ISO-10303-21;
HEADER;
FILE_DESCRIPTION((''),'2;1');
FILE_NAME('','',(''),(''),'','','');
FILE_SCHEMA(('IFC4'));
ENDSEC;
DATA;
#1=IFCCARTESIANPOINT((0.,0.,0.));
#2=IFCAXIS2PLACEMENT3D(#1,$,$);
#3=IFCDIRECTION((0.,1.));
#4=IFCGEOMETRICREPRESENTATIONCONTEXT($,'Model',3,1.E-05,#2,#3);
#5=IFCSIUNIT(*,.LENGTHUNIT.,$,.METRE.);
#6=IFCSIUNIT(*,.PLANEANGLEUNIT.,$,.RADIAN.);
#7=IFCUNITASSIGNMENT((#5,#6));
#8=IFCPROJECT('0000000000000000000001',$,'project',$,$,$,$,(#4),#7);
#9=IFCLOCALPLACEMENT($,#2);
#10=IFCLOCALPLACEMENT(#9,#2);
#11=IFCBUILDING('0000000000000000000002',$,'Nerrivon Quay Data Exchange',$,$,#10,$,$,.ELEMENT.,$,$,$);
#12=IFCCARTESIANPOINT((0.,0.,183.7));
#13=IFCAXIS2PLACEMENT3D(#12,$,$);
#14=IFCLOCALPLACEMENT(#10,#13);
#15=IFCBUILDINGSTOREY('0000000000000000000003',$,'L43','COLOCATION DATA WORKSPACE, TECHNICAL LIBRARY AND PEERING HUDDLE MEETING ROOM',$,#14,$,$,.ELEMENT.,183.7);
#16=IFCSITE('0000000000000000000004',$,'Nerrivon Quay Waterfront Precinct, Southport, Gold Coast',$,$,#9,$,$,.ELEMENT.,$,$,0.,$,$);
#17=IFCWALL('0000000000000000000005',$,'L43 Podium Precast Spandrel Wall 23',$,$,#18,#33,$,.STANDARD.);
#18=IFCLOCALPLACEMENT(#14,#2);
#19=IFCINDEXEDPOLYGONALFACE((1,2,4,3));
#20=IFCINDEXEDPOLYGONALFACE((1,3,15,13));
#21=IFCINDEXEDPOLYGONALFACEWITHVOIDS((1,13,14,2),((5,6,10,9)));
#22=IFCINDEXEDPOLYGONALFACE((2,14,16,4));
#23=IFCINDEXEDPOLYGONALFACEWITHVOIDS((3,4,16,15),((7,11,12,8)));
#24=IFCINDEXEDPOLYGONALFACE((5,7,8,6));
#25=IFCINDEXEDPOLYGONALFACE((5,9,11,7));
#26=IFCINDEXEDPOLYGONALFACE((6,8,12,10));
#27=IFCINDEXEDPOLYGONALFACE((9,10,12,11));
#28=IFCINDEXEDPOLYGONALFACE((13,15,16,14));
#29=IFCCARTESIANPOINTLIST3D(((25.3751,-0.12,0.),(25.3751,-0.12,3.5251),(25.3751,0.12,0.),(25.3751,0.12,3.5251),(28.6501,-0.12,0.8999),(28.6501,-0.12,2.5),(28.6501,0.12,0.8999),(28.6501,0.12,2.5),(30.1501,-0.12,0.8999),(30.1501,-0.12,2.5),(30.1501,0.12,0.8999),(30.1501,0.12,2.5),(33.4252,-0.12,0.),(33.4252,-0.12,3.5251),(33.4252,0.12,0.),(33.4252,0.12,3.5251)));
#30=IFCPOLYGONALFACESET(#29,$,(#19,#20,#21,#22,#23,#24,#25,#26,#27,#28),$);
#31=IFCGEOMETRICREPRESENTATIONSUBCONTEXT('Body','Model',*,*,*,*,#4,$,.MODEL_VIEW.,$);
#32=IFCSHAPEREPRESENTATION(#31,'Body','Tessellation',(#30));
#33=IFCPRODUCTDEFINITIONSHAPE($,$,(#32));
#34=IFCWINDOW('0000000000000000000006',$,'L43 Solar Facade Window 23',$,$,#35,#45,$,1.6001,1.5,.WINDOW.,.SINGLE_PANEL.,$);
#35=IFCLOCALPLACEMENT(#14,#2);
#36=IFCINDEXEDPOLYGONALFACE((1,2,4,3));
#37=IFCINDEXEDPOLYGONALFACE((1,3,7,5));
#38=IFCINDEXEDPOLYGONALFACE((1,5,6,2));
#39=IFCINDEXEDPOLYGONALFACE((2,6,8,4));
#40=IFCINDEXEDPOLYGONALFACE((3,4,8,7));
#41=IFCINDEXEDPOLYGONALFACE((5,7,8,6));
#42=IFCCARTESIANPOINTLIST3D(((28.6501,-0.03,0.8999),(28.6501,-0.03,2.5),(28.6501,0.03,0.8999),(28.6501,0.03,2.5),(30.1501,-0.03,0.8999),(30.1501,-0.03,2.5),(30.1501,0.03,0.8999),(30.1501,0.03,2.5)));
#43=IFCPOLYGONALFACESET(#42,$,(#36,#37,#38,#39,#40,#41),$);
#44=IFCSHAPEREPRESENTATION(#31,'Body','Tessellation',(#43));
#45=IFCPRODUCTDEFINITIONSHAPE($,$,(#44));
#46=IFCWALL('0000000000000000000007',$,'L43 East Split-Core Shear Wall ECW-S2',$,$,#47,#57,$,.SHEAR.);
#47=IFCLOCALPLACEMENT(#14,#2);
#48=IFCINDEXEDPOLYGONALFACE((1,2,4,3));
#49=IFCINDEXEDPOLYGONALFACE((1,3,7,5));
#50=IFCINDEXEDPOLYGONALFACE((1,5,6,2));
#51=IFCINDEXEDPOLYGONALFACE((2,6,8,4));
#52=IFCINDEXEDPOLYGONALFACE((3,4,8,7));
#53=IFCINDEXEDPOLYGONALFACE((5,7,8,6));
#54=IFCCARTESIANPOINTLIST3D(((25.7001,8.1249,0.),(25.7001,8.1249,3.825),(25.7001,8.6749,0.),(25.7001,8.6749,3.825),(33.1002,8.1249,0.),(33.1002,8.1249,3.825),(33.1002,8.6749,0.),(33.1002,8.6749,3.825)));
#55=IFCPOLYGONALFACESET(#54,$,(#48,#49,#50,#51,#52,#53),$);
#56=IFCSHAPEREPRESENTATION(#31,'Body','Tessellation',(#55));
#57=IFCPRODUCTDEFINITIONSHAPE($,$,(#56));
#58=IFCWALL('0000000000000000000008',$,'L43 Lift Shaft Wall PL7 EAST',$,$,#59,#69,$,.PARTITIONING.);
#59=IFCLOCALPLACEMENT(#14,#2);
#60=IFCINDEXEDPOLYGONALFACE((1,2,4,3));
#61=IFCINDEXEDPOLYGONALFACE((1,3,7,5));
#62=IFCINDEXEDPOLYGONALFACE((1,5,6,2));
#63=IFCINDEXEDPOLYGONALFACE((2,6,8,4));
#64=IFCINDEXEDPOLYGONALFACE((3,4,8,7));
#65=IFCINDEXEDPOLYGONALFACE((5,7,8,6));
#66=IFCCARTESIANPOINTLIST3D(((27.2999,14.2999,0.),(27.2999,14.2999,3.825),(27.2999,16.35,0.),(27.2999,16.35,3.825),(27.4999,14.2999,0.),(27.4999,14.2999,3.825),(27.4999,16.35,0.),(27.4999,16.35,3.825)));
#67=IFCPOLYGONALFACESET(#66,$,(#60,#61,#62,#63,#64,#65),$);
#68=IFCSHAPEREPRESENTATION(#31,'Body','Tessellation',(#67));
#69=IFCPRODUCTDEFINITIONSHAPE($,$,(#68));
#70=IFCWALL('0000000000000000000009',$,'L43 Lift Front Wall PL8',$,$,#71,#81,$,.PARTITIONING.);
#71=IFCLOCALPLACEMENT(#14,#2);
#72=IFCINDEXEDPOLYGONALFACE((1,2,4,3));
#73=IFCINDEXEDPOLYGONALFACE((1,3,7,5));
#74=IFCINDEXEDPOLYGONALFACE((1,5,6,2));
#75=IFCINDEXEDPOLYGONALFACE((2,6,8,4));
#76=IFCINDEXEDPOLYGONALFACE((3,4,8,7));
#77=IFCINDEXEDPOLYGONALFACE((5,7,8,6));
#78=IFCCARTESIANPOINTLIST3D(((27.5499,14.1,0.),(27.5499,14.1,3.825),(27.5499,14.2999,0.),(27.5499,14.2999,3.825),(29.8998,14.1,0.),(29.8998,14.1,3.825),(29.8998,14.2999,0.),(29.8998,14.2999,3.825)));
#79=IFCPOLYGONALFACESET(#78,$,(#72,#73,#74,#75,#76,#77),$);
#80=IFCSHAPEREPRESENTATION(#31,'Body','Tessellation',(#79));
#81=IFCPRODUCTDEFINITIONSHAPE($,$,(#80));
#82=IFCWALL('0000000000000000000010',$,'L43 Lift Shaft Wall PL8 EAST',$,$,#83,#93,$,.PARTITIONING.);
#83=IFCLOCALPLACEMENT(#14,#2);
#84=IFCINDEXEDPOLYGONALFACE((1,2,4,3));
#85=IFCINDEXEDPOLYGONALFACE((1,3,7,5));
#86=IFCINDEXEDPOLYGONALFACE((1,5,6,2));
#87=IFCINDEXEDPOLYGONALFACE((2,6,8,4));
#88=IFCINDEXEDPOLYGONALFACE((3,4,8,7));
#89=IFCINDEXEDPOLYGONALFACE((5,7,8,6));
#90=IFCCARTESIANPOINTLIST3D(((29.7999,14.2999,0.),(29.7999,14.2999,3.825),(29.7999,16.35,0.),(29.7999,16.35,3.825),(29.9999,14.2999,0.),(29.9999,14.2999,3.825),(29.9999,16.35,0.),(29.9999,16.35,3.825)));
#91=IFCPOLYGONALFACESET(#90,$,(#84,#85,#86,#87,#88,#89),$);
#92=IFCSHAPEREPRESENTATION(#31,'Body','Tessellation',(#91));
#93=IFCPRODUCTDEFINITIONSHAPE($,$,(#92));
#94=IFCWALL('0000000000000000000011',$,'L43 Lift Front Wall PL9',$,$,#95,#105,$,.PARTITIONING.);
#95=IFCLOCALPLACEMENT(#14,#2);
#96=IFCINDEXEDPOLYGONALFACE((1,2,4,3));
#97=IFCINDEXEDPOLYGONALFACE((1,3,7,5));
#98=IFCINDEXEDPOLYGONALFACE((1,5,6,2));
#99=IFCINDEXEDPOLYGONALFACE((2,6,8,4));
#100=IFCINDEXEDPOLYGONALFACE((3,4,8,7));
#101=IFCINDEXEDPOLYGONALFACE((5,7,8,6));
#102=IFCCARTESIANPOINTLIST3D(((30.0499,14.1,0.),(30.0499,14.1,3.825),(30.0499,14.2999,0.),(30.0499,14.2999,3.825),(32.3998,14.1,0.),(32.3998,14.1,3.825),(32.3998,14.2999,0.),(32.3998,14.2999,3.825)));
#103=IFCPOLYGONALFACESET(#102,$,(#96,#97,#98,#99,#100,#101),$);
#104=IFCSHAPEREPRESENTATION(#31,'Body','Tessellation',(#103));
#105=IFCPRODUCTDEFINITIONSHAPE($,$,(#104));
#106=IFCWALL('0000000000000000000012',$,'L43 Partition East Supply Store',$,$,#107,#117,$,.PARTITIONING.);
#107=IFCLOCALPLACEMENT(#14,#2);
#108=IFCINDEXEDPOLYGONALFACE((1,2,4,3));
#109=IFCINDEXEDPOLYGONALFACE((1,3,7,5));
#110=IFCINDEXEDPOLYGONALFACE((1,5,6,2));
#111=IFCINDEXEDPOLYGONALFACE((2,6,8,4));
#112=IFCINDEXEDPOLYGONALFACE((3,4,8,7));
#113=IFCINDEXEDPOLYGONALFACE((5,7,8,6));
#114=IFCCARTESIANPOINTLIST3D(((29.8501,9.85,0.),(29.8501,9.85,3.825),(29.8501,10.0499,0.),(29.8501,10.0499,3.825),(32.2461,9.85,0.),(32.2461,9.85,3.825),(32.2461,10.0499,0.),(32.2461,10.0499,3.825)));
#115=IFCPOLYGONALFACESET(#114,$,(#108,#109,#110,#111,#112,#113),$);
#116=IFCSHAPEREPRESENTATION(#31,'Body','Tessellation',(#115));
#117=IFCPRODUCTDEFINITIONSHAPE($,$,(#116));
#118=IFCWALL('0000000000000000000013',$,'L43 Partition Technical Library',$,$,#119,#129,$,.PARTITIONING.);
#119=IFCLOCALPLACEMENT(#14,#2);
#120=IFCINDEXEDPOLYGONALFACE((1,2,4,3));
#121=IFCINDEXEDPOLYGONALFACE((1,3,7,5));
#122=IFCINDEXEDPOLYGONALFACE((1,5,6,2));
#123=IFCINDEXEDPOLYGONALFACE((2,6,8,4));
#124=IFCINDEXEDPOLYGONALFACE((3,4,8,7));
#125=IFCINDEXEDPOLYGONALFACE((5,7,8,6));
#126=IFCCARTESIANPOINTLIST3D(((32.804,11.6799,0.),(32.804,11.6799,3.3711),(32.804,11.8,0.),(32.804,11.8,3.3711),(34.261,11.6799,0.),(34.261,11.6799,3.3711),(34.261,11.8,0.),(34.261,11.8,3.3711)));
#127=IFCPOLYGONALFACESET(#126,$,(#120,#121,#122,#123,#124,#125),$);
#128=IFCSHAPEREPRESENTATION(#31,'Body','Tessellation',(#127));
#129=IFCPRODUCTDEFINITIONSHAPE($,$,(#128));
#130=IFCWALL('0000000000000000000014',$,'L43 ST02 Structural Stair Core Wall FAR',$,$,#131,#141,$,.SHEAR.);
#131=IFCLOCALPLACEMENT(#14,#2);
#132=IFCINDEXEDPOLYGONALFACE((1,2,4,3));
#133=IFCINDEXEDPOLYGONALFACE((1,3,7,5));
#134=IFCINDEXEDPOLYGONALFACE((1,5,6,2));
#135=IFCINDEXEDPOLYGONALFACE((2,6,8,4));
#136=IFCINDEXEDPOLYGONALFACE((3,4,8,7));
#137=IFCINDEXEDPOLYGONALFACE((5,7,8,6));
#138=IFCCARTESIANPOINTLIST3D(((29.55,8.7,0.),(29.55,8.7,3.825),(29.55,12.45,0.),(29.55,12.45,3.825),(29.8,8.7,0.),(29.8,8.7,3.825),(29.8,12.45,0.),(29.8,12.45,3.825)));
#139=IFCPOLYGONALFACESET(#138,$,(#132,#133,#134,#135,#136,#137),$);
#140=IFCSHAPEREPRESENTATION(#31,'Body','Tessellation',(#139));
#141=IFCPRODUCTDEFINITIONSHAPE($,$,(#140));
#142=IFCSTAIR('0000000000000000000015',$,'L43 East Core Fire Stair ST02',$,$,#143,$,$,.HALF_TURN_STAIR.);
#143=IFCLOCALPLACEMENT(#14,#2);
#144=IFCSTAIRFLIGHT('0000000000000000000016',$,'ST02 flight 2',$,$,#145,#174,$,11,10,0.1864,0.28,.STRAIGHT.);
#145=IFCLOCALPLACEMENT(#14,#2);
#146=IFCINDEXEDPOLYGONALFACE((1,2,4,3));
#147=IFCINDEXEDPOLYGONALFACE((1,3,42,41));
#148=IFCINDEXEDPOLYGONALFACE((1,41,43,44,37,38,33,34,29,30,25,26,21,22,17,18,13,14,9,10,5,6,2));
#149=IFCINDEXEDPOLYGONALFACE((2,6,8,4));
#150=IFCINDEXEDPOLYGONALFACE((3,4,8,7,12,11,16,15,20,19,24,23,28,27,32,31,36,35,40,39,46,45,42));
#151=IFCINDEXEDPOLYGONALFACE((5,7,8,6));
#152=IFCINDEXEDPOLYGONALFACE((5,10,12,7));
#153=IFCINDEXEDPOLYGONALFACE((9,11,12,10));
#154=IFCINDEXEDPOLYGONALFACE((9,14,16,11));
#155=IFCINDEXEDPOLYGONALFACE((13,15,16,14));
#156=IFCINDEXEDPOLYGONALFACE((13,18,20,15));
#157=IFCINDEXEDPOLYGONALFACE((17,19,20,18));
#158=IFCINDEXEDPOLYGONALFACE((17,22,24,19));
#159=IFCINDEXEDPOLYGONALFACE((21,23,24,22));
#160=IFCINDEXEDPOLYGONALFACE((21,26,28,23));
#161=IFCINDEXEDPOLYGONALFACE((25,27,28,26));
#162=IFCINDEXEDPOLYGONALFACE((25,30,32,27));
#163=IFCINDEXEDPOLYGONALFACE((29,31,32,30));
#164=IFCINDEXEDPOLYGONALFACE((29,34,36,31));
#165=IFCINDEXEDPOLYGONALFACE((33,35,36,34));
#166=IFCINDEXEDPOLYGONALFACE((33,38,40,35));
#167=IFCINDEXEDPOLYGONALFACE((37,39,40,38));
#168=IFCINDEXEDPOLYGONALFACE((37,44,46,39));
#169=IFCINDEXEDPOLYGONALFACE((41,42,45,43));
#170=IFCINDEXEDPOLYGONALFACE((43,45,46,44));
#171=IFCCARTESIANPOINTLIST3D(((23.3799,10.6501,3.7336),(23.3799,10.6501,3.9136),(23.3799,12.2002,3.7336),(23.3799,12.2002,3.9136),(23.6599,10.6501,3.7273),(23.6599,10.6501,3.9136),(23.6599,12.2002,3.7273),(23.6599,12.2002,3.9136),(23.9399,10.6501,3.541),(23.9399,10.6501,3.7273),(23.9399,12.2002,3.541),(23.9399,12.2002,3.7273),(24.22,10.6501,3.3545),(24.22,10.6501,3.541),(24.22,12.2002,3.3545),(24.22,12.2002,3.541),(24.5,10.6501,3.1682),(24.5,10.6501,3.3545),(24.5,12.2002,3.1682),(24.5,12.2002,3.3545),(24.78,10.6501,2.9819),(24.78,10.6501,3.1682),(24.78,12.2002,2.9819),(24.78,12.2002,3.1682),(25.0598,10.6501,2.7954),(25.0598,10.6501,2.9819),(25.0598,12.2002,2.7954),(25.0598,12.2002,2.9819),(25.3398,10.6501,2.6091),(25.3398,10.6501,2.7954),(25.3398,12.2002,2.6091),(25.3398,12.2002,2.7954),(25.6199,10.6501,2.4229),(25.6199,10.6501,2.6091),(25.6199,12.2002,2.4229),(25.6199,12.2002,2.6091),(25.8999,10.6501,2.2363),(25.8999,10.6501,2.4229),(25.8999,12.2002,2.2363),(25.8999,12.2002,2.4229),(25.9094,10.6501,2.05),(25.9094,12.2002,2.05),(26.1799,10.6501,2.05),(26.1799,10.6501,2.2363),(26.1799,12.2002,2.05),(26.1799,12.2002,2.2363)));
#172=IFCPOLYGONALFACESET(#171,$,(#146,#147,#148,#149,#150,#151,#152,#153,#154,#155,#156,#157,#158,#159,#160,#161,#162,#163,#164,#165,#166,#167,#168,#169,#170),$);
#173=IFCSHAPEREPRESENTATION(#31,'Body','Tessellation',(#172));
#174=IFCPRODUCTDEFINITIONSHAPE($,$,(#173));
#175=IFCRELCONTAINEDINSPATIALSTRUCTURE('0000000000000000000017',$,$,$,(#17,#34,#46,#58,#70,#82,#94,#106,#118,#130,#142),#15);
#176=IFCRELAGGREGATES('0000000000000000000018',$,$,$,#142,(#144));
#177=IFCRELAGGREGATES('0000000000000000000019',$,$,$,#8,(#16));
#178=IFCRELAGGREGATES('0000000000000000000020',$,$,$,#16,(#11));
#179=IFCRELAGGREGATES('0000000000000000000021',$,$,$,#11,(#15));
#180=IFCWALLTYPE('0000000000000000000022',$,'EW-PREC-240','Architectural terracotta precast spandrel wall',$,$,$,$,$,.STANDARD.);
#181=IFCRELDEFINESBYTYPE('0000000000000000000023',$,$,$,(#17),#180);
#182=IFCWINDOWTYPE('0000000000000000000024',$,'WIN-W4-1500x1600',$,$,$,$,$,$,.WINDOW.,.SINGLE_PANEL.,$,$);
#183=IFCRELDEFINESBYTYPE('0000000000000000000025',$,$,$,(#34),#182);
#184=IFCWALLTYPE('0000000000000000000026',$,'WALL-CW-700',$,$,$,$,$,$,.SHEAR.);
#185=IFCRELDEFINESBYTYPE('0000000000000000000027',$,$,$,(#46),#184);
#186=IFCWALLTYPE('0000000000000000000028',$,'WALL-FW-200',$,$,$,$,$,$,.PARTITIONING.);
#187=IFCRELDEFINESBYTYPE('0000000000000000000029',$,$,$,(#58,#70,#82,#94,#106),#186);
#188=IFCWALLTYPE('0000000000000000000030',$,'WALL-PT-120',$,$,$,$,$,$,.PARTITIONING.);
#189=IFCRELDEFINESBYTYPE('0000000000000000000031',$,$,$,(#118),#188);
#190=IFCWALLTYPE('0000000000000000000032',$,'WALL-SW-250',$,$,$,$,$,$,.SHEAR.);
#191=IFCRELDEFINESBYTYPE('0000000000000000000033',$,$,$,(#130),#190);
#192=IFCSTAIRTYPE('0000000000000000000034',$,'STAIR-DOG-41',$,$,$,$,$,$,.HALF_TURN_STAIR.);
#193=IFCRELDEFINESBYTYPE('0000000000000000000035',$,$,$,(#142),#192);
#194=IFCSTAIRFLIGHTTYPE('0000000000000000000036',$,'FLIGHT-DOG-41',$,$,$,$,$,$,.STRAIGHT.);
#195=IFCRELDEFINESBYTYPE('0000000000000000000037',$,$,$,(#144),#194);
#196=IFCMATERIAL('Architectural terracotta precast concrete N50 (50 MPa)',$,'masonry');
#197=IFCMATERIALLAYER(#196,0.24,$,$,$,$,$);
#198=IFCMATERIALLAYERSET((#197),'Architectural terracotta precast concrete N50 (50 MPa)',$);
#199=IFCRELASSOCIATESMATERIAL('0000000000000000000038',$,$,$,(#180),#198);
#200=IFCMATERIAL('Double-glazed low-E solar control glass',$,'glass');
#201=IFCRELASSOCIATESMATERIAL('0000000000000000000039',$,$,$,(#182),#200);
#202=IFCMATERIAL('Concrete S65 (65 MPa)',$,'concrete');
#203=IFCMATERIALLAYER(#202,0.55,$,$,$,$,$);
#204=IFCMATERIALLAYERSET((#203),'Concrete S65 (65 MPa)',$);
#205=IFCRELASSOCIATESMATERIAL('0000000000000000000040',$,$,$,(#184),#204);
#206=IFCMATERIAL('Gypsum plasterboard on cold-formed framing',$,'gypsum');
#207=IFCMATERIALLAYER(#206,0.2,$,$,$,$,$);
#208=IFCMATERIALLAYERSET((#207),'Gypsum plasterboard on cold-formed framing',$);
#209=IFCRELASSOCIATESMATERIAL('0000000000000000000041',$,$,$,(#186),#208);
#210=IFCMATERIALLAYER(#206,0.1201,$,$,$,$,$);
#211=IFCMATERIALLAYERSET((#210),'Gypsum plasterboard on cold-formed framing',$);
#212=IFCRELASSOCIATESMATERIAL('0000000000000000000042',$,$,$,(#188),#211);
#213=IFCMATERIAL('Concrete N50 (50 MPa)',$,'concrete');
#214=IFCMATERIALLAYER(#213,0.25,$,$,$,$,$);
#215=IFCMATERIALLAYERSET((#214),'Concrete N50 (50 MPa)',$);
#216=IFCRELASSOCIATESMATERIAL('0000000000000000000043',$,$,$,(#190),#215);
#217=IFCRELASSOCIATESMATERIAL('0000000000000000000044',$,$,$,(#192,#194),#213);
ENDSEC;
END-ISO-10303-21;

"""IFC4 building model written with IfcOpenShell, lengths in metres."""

from ifc_helpers import new_model, si_unit, direction, frame, frame_2d, origin, place, context, subcontext, project, spatial, polyline, rectangle, outline, extrude, material, layer, layer_set, type_object, element, fill, aggregate, save


model = new_model("IFC4")

# Units and contexts
model_context = context("Model", 3, precision=1e-05, world=origin(), true_north=direction((0.0, 1.0)))
body_context = subcontext(model_context, "Body", "Model", "MODEL_VIEW")
ifc_project = project(units=[si_unit("LENGTHUNIT", "METRE"), si_unit("PLANEANGLEUNIT", "RADIAN")], contexts=[model_context])

# Site, building, storey
site_placement = place(None, origin())
site = spatial("IfcSite", under=ifc_project, at=site_placement, Name="Nerrivon Quay Waterfront Precinct, Southport, Gold Coast", CompositionType="ELEMENT", RefElevation=0.0)
building_placement = place(site_placement, origin())
building = spatial("IfcBuilding", under=site, at=building_placement, Name="Nerrivon Quay Data Exchange", CompositionType="ELEMENT")
storey_placement = place(building_placement, frame((0.0, 0.0, 183.7)))
storey = spatial("IfcBuildingStorey", under=building, at=storey_placement, Name="L43", Description="COLOCATION DATA WORKSPACE, TECHNICAL LIBRARY AND PEERING HUDDLE MEETING ROOM", CompositionType="ELEMENT", Elevation=183.7)

# Shared definitions
ifc_material_1 = material(Name="Concrete S65 (65 MPa)", Category="concrete")

# Wall, opening, window
ifc_material_2 = material(Name="Architectural terracotta precast concrete N50 (50 MPa)", Category="masonry")
ifc_layer_1 = layer(ifc_material_2, 0.24)
ifc_layer_set_1 = layer_set([ifc_layer_1], Name="Architectural terracotta precast concrete N50 (50 MPa)")
wall_type_1 = type_object("IfcWallType", Name="EW-PREC-240", Description="Architectural terracotta precast spandrel wall", PredefinedType="STANDARD", material=ifc_layer_set_1)
wall_1_placement = place(storey_placement, frame((33.425, 0.0, 0.0), z_axis=(0.0, 0.0, 1.0), x_axis=(-1.0, 0.0, 0.0)))
wall_1 = element("IfcWall", 1, at=wall_1_placement, inside=storey, type_object=wall_type_1, Name="L43 Podium Precast Spandrel Wall 23", PredefinedType="STANDARD", context=body_context, shape_type="SweptSolid", body=[
    extrude(rectangle(XDim=8.05, YDim=0.24, at=frame_2d((4.0249, 0.0))), origin(), (0.0, 0.0, 1.0), 3.5251),
])
opening_1_placement = place(wall_1_placement, frame((3.2749, 0.0, 0.8999)))
opening_1 = element("IfcOpeningElement", 2, at=opening_1_placement, cuts=wall_1, PredefinedType="OPENING", context=body_context, shape_type="SweptSolid", body=[
    extrude(rectangle(XDim=1.5, YDim=1.6001, at=frame_2d((0.75, 0.8))), frame((0.0, 0.1299, 0.0), z_axis=(0.0, -1.0, 0.0), x_axis=(1.0, 0.0, 0.0)), (0.0, 0.0, 1.0), 0.26),
])
ifc_material_3 = material(Name="Double-glazed low-E solar control glass", Category="glass")
window_type = type_object("IfcWindowType", Name="WIN-W4-1500x1600", PartitioningType="SINGLE_PANEL", PredefinedType="WINDOW", material=ifc_material_3)
window_placement = place(opening_1_placement, origin())
window = element("IfcWindow", 3, at=window_placement, inside=storey, type_object=window_type, Name="L43 Solar Facade Window 23", OverallHeight=1.6001, OverallWidth=1.5, PartitioningType="SINGLE_PANEL", PredefinedType="WINDOW", context=body_context, shape_type="SweptSolid", body=[
    extrude(rectangle(XDim=1.5, YDim=1.6001, at=frame_2d((0.75, 0.8))), frame((0.0, 0.03, 0.0), z_axis=(0.0, -1.0, 0.0), x_axis=(1.0, 0.0, 0.0)), (0.0, 0.0, 1.0), 0.0601),
])
fill(opening_1, window)

# Wall
ifc_layer_2 = layer(ifc_material_1, 0.55)
ifc_layer_set_2 = layer_set([ifc_layer_2], Name="Concrete S65 (65 MPa)")
wall_type_2 = type_object("IfcWallType", Name="WALL-CW-700", PredefinedType="SHEAR", material=ifc_layer_set_2)
wall_2_placement = place(storey_placement, frame((25.7, 8.3999, 0.0), z_axis=(0.0, 0.0, 1.0), x_axis=(1.0, 0.0, 0.0)))
element("IfcWall", 4, at=wall_2_placement, inside=storey, type_object=wall_type_2, Name="L43 East Split-Core Shear Wall ECW-S2", PredefinedType="SHEAR", context=body_context, shape_type="SweptSolid", body=[
    extrude(rectangle(XDim=7.4001, YDim=0.55, at=frame_2d((3.7002, 0.0))), origin(), (0.0, 0.0, 1.0), 3.825),
])

# Walls
ifc_material_4 = material(Name="Gypsum plasterboard on cold-formed framing", Category="gypsum")
ifc_layer_3 = layer(ifc_material_4, 0.2)
ifc_layer_set_3 = layer_set([ifc_layer_3], Name="Gypsum plasterboard on cold-formed framing")
wall_type_3 = type_object("IfcWallType", Name="WALL-FW-200", PredefinedType="PARTITIONING", material=ifc_layer_set_3)
wall_3_placement = place(storey_placement, frame((27.3999, 14.3, 0.0), z_axis=(0.0, 0.0, 1.0), x_axis=(0.0, 1.0, 0.0)))
element("IfcWall", 5, at=wall_3_placement, inside=storey, type_object=wall_type_3, Name="L43 Lift Shaft Wall PL7 EAST", PredefinedType="PARTITIONING", context=body_context, shape_type="SweptSolid", body=[
    extrude(rectangle(XDim=2.05, YDim=0.2, at=frame_2d((1.0249, 0.0))), origin(), (0.0, 0.0, 1.0), 3.825),
])
wall_4_placement = place(storey_placement, frame((27.55, 14.2, 0.0), z_axis=(0.0, 0.0, 1.0), x_axis=(1.0, 0.0, 0.0)))
element("IfcWall", 6, at=wall_4_placement, inside=storey, type_object=wall_type_3, Name="L43 Lift Front Wall PL8", PredefinedType="PARTITIONING", context=body_context, shape_type="SweptSolid", body=[
    extrude(rectangle(XDim=2.3499, YDim=0.2, at=frame_2d((1.1748, 0.0))), origin(), (0.0, 0.0, 1.0), 3.825),
])
wall_5_placement = place(storey_placement, frame((29.8999, 14.3, 0.0), z_axis=(0.0, 0.0, 1.0), x_axis=(0.0, 1.0, 0.0)))
element("IfcWall", 7, at=wall_5_placement, inside=storey, type_object=wall_type_3, Name="L43 Lift Shaft Wall PL8 EAST", PredefinedType="PARTITIONING", context=body_context, shape_type="SweptSolid", body=[
    extrude(rectangle(XDim=2.05, YDim=0.2, at=frame_2d((1.0249, 0.0))), origin(), (0.0, 0.0, 1.0), 3.825),
])
wall_6_placement = place(storey_placement, frame((30.05, 14.2, 0.0), z_axis=(0.0, 0.0, 1.0), x_axis=(1.0, 0.0, 0.0)))
element("IfcWall", 8, at=wall_6_placement, inside=storey, type_object=wall_type_3, Name="L43 Lift Front Wall PL9", PredefinedType="PARTITIONING", context=body_context, shape_type="SweptSolid", body=[
    extrude(rectangle(XDim=2.3499, YDim=0.2, at=frame_2d((1.1748, 0.0))), origin(), (0.0, 0.0, 1.0), 3.825),
])

# Walls
wall_7_placement = place(storey_placement, frame((29.8501, 9.95, 0.0), z_axis=(0.0, 0.0, 1.0), x_axis=(1.0, 0.0, 0.0)))
element("IfcWall", 9, at=wall_7_placement, inside=storey, type_object=wall_type_3, Name="L43 Partition East Supply Store", PredefinedType="PARTITIONING", context=body_context, shape_type="SweptSolid", body=[
    extrude(rectangle(XDim=2.396, YDim=0.2, at=frame_2d((1.198, 0.0))), origin(), (0.0, 0.0, 1.0), 3.825),
])
ifc_layer_4 = layer(ifc_material_4, 0.1201)
ifc_layer_set_4 = layer_set([ifc_layer_4], Name="Gypsum plasterboard on cold-formed framing")
wall_type_4 = type_object("IfcWallType", Name="WALL-PT-120", PredefinedType="PARTITIONING", material=ifc_layer_set_4)
wall_8_placement = place(storey_placement, frame((34.261, 11.74, 0.0), z_axis=(0.0, 0.0, 1.0), x_axis=(-1.0, 0.0, 0.0)))
element("IfcWall", 10, at=wall_8_placement, inside=storey, type_object=wall_type_4, Name="L43 Partition Technical Library", PredefinedType="PARTITIONING", context=body_context, shape_type="SweptSolid", body=[
    extrude(rectangle(XDim=1.457, YDim=0.1201, at=frame_2d((0.7285, 0.0))), origin(), (0.0, 0.0, 1.0), 3.3711),
])
ifc_material_5 = material(Name="Concrete N50 (50 MPa)", Category="concrete")
ifc_layer_5 = layer(ifc_material_5, 0.25)
ifc_layer_set_5 = layer_set([ifc_layer_5], Name="Concrete N50 (50 MPa)")
wall_type_5 = type_object("IfcWallType", Name="WALL-SW-250", PredefinedType="SHEAR", material=ifc_layer_set_5)
wall_9_placement = place(storey_placement, frame((29.675, 8.7, 0.0), z_axis=(0.0, 0.0, 1.0), x_axis=(0.0, 1.0, 0.0)))
element("IfcWall", 11, at=wall_9_placement, inside=storey, type_object=wall_type_5, Name="L43 ST02 Structural Stair Core Wall FAR", PredefinedType="SHEAR", context=body_context, shape_type="SweptSolid", body=[
    extrude(rectangle(XDim=3.75, YDim=0.25, at=frame_2d((1.875, 0.0))), origin(), (0.0, 0.0, 1.0), 3.825),
])

# Stair, stair flight
stair_type = type_object("IfcStairType", Name="STAIR-DOG-41", PredefinedType="HALF_TURN_STAIR", material=ifc_material_5)
stair_placement = place(storey_placement, origin())
stair = element("IfcStair", 12, at=stair_placement, inside=storey, type_object=stair_type, Name="L43 East Core Fire Stair ST02", PredefinedType="HALF_TURN_STAIR")
stair_flight_type = type_object("IfcStairFlightType", Name="FLIGHT-DOG-41", PredefinedType="STRAIGHT", material=ifc_material_5)
stair_flight_placement = place(storey_placement, frame((26.1799, 11.425, 2.05), z_axis=(0.0, 0.0, 1.0), x_axis=(-1.0, 0.0, 0.0)))
stair_flight = element("IfcStairFlight", 13, at=stair_flight_placement, type_object=stair_flight_type, Name="ST02 flight 2", NumberOfRisers=11, NumberOfTreads=10, PredefinedType="STRAIGHT", RiserHeight=0.1864, TreadLength=0.28, context=body_context, shape_type="SweptSolid", body=[
    extrude(outline(polyline([(0.0, 0.0), (0.0, 0.1863), (0.28, 0.1863), (0.28, 0.3728), (0.5601, 0.3728), (0.5601, 0.5591), (0.8401, 0.5591), (0.8401, 0.7454), (1.1201, 0.7454), (1.1201, 0.9319), (1.3999, 0.9319), (1.3999, 1.1182), (1.6799, 1.1182), (1.6799, 1.3044), (1.96, 1.3044), (1.96, 1.491), (2.24, 1.491), (2.24, 1.6772), (2.52, 1.6772), (2.52, 1.8635), (2.8, 1.8635), (2.8, 2.05), (2.8, 1.6836), (0.2705, 0.0), (0.0, 0.0)])), frame((0.0, 0.7749, 0.0), z_axis=(0.0, -1.0, 0.0), x_axis=(1.0, 0.0, 0.0)), (0.0, 0.0, 1.0), 1.55),
])
aggregate(stair, [stair_flight])

save(model, "model.ifc")
